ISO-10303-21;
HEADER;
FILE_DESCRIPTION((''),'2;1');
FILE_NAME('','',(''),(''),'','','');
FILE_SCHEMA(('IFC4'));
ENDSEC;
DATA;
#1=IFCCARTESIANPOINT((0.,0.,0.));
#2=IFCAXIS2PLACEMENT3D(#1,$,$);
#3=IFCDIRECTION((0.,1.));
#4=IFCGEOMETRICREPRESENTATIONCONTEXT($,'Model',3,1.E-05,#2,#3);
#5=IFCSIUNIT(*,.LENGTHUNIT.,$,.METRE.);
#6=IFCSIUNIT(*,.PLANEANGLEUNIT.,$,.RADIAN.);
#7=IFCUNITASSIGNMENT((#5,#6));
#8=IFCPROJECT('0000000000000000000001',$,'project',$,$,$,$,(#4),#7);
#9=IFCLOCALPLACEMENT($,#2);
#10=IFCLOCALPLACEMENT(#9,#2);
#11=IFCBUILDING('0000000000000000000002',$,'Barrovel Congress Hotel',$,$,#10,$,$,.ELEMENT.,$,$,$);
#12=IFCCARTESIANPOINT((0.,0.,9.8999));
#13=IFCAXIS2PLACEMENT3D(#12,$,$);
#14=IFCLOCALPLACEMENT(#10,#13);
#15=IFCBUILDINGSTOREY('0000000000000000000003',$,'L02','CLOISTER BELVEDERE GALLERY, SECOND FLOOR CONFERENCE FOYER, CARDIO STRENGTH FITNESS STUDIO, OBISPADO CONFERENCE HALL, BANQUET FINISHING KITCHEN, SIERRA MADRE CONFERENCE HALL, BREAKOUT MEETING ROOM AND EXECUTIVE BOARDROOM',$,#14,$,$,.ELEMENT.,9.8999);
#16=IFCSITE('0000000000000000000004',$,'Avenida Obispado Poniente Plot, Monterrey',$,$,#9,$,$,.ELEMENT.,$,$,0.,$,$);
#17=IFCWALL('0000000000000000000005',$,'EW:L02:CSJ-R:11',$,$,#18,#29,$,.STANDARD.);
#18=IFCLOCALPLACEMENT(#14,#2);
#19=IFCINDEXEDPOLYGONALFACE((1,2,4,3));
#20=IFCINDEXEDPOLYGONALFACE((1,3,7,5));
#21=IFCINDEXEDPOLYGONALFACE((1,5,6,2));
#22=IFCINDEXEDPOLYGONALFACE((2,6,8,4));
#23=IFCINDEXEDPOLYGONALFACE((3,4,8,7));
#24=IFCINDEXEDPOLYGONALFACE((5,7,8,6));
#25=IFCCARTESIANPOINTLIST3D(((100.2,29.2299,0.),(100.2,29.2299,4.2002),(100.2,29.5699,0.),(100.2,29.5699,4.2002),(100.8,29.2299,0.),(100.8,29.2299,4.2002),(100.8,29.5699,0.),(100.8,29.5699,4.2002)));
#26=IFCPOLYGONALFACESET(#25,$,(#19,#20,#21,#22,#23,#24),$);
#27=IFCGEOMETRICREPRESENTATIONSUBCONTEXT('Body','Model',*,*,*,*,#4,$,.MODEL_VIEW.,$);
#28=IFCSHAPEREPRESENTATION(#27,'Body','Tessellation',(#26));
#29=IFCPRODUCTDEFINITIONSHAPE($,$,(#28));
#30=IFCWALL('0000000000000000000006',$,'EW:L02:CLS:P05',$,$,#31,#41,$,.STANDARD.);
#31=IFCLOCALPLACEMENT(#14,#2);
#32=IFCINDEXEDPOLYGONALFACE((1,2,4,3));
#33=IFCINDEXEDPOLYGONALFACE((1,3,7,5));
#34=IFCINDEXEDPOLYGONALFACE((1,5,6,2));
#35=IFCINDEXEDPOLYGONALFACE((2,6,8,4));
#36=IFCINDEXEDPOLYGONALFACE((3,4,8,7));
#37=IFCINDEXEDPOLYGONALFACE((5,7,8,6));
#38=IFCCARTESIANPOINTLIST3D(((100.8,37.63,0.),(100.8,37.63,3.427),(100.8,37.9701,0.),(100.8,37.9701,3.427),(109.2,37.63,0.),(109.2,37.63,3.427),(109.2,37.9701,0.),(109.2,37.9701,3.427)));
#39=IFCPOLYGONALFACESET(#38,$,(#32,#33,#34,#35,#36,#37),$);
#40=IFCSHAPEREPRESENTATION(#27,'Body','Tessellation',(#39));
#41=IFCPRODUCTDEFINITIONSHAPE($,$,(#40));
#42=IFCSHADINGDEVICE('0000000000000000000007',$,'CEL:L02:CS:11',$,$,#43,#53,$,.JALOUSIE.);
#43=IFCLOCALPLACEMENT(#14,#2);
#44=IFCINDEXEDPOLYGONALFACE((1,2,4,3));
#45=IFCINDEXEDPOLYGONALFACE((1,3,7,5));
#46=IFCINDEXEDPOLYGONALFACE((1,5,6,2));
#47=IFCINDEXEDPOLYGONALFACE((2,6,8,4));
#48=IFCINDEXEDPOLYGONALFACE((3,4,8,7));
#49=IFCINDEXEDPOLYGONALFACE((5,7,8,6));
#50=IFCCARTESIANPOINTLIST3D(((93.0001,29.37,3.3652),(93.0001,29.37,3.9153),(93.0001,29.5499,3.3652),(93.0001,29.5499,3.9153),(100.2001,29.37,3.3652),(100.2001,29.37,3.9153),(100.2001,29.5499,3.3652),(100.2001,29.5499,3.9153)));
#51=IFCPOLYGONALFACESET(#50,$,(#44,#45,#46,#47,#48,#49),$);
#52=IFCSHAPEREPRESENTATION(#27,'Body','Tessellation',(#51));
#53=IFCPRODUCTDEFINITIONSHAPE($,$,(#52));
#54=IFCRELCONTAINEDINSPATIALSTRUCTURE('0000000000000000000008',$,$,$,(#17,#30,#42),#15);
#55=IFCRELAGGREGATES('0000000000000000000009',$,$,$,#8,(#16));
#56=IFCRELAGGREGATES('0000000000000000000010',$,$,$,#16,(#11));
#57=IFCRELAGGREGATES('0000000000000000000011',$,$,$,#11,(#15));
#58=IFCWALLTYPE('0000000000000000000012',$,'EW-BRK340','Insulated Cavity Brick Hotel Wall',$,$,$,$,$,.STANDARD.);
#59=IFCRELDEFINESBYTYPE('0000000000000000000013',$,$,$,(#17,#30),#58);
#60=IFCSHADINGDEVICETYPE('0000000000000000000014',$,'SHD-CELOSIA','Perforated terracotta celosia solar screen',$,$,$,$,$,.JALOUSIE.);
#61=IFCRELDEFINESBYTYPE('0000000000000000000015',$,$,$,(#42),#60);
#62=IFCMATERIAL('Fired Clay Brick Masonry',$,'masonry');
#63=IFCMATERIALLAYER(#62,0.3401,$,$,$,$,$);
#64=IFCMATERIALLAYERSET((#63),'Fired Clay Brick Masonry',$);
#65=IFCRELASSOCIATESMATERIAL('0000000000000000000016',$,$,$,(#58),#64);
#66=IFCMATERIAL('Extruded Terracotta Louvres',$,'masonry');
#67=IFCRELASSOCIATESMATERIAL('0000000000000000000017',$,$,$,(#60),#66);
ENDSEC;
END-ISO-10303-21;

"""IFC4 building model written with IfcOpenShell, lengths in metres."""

from ifc_helpers import new_model, si_unit, direction, frame, frame_2d, origin, origin_2d, place, context, subcontext, project, spatial, rectangle, extrude, material, layer, layer_set, type_object, element, save


model = new_model("IFC4")

# Units and contexts
model_context = context("Model", 3, precision=1e-05, world=origin(), true_north=direction((0.0, 1.0)))
body_context = subcontext(model_context, "Body", "Model", "MODEL_VIEW")
ifc_project = project(units=[si_unit("LENGTHUNIT", "METRE"), si_unit("PLANEANGLEUNIT", "RADIAN")], contexts=[model_context])

# Site, building, storey
site_placement = place(None, origin())
site = spatial("IfcSite", under=ifc_project, at=site_placement, Name="Avenida Obispado Poniente Plot, Monterrey", CompositionType="ELEMENT", RefElevation=0.0)
building_placement = place(site_placement, origin())
building = spatial("IfcBuilding", under=site, at=building_placement, Name="Barrovel Congress Hotel", CompositionType="ELEMENT")
storey_placement = place(building_placement, frame((0.0, 0.0, 9.8999)))
storey = spatial("IfcBuildingStorey", under=building, at=storey_placement, Name="L02", Description="CLOISTER BELVEDERE GALLERY, SECOND FLOOR CONFERENCE FOYER, CARDIO STRENGTH FITNESS STUDIO, OBISPADO CONFERENCE HALL, BANQUET FINISHING KITCHEN, SIERRA MADRE CONFERENCE HALL, BREAKOUT MEETING ROOM AND EXECUTIVE BOARDROOM", CompositionType="ELEMENT", Elevation=9.8999)

# Walls
ifc_material_1 = material(Name="Fired Clay Brick Masonry", Category="masonry")
ifc_layer_1 = layer(ifc_material_1, 0.3401)
ifc_layer_set_1 = layer_set([ifc_layer_1], Name="Fired Clay Brick Masonry")
wall_type = type_object("IfcWallType", Name="EW-BRK340", Description="Insulated Cavity Brick Hotel Wall", PredefinedType="STANDARD", material=ifc_layer_set_1)
wall_1_placement = place(storey_placement, frame((100.8, 29.3999, 0.0), z_axis=(0.0, 0.0, 1.0), x_axis=(-1.0, 0.0, 0.0)))
element("IfcWall", 1, at=wall_1_placement, inside=storey, type_object=wall_type, Name="EW:L02:CSJ-R:11", PredefinedType="STANDARD", context=body_context, shape_type="SweptSolid", body=[
    extrude(rectangle(XDim=0.6001, YDim=0.3401, at=frame_2d((0.3, 0.0))), origin(), (0.0, 0.0, 1.0), 4.2002),
])
wall_2_placement = place(storey_placement, frame((100.8, 37.8, 0.0), z_axis=(0.0, 0.0, 1.0), x_axis=(1.0, 0.0, 0.0)))
element("IfcWall", 2, at=wall_2_placement, inside=storey, type_object=wall_type, Name="EW:L02:CLS:P05", PredefinedType="STANDARD", context=body_context, shape_type="SweptSolid", body=[
    extrude(rectangle(XDim=8.3999, YDim=0.3401, at=frame_2d((4.2, 0.0))), origin(), (0.0, 0.0, 1.0), 3.427),
])

# Shading device
ifc_material_2 = material(Name="Extruded Terracotta Louvres", Category="masonry")
shading_device_type = type_object("IfcShadingDeviceType", Name="SHD-CELOSIA", Description="Perforated terracotta celosia solar screen", PredefinedType="JALOUSIE", material=ifc_material_2)
shading_device_placement = place(storey_placement, frame((96.6001, 29.46, 3.3652), z_axis=(0.0, 0.0, 1.0), x_axis=(1.0, 0.0, 0.0)))
element("IfcShadingDevice", 3, at=shading_device_placement, inside=storey, type_object=shading_device_type, Name="CEL:L02:CS:11", PredefinedType="JALOUSIE", context=body_context, shape_type="SweptSolid", body=[
    extrude(rectangle(XDim=7.2, YDim=0.1799, at=origin_2d()), origin(), (0.0, 0.0, 1.0), 0.55),
])

save(model, "model.ifc")
